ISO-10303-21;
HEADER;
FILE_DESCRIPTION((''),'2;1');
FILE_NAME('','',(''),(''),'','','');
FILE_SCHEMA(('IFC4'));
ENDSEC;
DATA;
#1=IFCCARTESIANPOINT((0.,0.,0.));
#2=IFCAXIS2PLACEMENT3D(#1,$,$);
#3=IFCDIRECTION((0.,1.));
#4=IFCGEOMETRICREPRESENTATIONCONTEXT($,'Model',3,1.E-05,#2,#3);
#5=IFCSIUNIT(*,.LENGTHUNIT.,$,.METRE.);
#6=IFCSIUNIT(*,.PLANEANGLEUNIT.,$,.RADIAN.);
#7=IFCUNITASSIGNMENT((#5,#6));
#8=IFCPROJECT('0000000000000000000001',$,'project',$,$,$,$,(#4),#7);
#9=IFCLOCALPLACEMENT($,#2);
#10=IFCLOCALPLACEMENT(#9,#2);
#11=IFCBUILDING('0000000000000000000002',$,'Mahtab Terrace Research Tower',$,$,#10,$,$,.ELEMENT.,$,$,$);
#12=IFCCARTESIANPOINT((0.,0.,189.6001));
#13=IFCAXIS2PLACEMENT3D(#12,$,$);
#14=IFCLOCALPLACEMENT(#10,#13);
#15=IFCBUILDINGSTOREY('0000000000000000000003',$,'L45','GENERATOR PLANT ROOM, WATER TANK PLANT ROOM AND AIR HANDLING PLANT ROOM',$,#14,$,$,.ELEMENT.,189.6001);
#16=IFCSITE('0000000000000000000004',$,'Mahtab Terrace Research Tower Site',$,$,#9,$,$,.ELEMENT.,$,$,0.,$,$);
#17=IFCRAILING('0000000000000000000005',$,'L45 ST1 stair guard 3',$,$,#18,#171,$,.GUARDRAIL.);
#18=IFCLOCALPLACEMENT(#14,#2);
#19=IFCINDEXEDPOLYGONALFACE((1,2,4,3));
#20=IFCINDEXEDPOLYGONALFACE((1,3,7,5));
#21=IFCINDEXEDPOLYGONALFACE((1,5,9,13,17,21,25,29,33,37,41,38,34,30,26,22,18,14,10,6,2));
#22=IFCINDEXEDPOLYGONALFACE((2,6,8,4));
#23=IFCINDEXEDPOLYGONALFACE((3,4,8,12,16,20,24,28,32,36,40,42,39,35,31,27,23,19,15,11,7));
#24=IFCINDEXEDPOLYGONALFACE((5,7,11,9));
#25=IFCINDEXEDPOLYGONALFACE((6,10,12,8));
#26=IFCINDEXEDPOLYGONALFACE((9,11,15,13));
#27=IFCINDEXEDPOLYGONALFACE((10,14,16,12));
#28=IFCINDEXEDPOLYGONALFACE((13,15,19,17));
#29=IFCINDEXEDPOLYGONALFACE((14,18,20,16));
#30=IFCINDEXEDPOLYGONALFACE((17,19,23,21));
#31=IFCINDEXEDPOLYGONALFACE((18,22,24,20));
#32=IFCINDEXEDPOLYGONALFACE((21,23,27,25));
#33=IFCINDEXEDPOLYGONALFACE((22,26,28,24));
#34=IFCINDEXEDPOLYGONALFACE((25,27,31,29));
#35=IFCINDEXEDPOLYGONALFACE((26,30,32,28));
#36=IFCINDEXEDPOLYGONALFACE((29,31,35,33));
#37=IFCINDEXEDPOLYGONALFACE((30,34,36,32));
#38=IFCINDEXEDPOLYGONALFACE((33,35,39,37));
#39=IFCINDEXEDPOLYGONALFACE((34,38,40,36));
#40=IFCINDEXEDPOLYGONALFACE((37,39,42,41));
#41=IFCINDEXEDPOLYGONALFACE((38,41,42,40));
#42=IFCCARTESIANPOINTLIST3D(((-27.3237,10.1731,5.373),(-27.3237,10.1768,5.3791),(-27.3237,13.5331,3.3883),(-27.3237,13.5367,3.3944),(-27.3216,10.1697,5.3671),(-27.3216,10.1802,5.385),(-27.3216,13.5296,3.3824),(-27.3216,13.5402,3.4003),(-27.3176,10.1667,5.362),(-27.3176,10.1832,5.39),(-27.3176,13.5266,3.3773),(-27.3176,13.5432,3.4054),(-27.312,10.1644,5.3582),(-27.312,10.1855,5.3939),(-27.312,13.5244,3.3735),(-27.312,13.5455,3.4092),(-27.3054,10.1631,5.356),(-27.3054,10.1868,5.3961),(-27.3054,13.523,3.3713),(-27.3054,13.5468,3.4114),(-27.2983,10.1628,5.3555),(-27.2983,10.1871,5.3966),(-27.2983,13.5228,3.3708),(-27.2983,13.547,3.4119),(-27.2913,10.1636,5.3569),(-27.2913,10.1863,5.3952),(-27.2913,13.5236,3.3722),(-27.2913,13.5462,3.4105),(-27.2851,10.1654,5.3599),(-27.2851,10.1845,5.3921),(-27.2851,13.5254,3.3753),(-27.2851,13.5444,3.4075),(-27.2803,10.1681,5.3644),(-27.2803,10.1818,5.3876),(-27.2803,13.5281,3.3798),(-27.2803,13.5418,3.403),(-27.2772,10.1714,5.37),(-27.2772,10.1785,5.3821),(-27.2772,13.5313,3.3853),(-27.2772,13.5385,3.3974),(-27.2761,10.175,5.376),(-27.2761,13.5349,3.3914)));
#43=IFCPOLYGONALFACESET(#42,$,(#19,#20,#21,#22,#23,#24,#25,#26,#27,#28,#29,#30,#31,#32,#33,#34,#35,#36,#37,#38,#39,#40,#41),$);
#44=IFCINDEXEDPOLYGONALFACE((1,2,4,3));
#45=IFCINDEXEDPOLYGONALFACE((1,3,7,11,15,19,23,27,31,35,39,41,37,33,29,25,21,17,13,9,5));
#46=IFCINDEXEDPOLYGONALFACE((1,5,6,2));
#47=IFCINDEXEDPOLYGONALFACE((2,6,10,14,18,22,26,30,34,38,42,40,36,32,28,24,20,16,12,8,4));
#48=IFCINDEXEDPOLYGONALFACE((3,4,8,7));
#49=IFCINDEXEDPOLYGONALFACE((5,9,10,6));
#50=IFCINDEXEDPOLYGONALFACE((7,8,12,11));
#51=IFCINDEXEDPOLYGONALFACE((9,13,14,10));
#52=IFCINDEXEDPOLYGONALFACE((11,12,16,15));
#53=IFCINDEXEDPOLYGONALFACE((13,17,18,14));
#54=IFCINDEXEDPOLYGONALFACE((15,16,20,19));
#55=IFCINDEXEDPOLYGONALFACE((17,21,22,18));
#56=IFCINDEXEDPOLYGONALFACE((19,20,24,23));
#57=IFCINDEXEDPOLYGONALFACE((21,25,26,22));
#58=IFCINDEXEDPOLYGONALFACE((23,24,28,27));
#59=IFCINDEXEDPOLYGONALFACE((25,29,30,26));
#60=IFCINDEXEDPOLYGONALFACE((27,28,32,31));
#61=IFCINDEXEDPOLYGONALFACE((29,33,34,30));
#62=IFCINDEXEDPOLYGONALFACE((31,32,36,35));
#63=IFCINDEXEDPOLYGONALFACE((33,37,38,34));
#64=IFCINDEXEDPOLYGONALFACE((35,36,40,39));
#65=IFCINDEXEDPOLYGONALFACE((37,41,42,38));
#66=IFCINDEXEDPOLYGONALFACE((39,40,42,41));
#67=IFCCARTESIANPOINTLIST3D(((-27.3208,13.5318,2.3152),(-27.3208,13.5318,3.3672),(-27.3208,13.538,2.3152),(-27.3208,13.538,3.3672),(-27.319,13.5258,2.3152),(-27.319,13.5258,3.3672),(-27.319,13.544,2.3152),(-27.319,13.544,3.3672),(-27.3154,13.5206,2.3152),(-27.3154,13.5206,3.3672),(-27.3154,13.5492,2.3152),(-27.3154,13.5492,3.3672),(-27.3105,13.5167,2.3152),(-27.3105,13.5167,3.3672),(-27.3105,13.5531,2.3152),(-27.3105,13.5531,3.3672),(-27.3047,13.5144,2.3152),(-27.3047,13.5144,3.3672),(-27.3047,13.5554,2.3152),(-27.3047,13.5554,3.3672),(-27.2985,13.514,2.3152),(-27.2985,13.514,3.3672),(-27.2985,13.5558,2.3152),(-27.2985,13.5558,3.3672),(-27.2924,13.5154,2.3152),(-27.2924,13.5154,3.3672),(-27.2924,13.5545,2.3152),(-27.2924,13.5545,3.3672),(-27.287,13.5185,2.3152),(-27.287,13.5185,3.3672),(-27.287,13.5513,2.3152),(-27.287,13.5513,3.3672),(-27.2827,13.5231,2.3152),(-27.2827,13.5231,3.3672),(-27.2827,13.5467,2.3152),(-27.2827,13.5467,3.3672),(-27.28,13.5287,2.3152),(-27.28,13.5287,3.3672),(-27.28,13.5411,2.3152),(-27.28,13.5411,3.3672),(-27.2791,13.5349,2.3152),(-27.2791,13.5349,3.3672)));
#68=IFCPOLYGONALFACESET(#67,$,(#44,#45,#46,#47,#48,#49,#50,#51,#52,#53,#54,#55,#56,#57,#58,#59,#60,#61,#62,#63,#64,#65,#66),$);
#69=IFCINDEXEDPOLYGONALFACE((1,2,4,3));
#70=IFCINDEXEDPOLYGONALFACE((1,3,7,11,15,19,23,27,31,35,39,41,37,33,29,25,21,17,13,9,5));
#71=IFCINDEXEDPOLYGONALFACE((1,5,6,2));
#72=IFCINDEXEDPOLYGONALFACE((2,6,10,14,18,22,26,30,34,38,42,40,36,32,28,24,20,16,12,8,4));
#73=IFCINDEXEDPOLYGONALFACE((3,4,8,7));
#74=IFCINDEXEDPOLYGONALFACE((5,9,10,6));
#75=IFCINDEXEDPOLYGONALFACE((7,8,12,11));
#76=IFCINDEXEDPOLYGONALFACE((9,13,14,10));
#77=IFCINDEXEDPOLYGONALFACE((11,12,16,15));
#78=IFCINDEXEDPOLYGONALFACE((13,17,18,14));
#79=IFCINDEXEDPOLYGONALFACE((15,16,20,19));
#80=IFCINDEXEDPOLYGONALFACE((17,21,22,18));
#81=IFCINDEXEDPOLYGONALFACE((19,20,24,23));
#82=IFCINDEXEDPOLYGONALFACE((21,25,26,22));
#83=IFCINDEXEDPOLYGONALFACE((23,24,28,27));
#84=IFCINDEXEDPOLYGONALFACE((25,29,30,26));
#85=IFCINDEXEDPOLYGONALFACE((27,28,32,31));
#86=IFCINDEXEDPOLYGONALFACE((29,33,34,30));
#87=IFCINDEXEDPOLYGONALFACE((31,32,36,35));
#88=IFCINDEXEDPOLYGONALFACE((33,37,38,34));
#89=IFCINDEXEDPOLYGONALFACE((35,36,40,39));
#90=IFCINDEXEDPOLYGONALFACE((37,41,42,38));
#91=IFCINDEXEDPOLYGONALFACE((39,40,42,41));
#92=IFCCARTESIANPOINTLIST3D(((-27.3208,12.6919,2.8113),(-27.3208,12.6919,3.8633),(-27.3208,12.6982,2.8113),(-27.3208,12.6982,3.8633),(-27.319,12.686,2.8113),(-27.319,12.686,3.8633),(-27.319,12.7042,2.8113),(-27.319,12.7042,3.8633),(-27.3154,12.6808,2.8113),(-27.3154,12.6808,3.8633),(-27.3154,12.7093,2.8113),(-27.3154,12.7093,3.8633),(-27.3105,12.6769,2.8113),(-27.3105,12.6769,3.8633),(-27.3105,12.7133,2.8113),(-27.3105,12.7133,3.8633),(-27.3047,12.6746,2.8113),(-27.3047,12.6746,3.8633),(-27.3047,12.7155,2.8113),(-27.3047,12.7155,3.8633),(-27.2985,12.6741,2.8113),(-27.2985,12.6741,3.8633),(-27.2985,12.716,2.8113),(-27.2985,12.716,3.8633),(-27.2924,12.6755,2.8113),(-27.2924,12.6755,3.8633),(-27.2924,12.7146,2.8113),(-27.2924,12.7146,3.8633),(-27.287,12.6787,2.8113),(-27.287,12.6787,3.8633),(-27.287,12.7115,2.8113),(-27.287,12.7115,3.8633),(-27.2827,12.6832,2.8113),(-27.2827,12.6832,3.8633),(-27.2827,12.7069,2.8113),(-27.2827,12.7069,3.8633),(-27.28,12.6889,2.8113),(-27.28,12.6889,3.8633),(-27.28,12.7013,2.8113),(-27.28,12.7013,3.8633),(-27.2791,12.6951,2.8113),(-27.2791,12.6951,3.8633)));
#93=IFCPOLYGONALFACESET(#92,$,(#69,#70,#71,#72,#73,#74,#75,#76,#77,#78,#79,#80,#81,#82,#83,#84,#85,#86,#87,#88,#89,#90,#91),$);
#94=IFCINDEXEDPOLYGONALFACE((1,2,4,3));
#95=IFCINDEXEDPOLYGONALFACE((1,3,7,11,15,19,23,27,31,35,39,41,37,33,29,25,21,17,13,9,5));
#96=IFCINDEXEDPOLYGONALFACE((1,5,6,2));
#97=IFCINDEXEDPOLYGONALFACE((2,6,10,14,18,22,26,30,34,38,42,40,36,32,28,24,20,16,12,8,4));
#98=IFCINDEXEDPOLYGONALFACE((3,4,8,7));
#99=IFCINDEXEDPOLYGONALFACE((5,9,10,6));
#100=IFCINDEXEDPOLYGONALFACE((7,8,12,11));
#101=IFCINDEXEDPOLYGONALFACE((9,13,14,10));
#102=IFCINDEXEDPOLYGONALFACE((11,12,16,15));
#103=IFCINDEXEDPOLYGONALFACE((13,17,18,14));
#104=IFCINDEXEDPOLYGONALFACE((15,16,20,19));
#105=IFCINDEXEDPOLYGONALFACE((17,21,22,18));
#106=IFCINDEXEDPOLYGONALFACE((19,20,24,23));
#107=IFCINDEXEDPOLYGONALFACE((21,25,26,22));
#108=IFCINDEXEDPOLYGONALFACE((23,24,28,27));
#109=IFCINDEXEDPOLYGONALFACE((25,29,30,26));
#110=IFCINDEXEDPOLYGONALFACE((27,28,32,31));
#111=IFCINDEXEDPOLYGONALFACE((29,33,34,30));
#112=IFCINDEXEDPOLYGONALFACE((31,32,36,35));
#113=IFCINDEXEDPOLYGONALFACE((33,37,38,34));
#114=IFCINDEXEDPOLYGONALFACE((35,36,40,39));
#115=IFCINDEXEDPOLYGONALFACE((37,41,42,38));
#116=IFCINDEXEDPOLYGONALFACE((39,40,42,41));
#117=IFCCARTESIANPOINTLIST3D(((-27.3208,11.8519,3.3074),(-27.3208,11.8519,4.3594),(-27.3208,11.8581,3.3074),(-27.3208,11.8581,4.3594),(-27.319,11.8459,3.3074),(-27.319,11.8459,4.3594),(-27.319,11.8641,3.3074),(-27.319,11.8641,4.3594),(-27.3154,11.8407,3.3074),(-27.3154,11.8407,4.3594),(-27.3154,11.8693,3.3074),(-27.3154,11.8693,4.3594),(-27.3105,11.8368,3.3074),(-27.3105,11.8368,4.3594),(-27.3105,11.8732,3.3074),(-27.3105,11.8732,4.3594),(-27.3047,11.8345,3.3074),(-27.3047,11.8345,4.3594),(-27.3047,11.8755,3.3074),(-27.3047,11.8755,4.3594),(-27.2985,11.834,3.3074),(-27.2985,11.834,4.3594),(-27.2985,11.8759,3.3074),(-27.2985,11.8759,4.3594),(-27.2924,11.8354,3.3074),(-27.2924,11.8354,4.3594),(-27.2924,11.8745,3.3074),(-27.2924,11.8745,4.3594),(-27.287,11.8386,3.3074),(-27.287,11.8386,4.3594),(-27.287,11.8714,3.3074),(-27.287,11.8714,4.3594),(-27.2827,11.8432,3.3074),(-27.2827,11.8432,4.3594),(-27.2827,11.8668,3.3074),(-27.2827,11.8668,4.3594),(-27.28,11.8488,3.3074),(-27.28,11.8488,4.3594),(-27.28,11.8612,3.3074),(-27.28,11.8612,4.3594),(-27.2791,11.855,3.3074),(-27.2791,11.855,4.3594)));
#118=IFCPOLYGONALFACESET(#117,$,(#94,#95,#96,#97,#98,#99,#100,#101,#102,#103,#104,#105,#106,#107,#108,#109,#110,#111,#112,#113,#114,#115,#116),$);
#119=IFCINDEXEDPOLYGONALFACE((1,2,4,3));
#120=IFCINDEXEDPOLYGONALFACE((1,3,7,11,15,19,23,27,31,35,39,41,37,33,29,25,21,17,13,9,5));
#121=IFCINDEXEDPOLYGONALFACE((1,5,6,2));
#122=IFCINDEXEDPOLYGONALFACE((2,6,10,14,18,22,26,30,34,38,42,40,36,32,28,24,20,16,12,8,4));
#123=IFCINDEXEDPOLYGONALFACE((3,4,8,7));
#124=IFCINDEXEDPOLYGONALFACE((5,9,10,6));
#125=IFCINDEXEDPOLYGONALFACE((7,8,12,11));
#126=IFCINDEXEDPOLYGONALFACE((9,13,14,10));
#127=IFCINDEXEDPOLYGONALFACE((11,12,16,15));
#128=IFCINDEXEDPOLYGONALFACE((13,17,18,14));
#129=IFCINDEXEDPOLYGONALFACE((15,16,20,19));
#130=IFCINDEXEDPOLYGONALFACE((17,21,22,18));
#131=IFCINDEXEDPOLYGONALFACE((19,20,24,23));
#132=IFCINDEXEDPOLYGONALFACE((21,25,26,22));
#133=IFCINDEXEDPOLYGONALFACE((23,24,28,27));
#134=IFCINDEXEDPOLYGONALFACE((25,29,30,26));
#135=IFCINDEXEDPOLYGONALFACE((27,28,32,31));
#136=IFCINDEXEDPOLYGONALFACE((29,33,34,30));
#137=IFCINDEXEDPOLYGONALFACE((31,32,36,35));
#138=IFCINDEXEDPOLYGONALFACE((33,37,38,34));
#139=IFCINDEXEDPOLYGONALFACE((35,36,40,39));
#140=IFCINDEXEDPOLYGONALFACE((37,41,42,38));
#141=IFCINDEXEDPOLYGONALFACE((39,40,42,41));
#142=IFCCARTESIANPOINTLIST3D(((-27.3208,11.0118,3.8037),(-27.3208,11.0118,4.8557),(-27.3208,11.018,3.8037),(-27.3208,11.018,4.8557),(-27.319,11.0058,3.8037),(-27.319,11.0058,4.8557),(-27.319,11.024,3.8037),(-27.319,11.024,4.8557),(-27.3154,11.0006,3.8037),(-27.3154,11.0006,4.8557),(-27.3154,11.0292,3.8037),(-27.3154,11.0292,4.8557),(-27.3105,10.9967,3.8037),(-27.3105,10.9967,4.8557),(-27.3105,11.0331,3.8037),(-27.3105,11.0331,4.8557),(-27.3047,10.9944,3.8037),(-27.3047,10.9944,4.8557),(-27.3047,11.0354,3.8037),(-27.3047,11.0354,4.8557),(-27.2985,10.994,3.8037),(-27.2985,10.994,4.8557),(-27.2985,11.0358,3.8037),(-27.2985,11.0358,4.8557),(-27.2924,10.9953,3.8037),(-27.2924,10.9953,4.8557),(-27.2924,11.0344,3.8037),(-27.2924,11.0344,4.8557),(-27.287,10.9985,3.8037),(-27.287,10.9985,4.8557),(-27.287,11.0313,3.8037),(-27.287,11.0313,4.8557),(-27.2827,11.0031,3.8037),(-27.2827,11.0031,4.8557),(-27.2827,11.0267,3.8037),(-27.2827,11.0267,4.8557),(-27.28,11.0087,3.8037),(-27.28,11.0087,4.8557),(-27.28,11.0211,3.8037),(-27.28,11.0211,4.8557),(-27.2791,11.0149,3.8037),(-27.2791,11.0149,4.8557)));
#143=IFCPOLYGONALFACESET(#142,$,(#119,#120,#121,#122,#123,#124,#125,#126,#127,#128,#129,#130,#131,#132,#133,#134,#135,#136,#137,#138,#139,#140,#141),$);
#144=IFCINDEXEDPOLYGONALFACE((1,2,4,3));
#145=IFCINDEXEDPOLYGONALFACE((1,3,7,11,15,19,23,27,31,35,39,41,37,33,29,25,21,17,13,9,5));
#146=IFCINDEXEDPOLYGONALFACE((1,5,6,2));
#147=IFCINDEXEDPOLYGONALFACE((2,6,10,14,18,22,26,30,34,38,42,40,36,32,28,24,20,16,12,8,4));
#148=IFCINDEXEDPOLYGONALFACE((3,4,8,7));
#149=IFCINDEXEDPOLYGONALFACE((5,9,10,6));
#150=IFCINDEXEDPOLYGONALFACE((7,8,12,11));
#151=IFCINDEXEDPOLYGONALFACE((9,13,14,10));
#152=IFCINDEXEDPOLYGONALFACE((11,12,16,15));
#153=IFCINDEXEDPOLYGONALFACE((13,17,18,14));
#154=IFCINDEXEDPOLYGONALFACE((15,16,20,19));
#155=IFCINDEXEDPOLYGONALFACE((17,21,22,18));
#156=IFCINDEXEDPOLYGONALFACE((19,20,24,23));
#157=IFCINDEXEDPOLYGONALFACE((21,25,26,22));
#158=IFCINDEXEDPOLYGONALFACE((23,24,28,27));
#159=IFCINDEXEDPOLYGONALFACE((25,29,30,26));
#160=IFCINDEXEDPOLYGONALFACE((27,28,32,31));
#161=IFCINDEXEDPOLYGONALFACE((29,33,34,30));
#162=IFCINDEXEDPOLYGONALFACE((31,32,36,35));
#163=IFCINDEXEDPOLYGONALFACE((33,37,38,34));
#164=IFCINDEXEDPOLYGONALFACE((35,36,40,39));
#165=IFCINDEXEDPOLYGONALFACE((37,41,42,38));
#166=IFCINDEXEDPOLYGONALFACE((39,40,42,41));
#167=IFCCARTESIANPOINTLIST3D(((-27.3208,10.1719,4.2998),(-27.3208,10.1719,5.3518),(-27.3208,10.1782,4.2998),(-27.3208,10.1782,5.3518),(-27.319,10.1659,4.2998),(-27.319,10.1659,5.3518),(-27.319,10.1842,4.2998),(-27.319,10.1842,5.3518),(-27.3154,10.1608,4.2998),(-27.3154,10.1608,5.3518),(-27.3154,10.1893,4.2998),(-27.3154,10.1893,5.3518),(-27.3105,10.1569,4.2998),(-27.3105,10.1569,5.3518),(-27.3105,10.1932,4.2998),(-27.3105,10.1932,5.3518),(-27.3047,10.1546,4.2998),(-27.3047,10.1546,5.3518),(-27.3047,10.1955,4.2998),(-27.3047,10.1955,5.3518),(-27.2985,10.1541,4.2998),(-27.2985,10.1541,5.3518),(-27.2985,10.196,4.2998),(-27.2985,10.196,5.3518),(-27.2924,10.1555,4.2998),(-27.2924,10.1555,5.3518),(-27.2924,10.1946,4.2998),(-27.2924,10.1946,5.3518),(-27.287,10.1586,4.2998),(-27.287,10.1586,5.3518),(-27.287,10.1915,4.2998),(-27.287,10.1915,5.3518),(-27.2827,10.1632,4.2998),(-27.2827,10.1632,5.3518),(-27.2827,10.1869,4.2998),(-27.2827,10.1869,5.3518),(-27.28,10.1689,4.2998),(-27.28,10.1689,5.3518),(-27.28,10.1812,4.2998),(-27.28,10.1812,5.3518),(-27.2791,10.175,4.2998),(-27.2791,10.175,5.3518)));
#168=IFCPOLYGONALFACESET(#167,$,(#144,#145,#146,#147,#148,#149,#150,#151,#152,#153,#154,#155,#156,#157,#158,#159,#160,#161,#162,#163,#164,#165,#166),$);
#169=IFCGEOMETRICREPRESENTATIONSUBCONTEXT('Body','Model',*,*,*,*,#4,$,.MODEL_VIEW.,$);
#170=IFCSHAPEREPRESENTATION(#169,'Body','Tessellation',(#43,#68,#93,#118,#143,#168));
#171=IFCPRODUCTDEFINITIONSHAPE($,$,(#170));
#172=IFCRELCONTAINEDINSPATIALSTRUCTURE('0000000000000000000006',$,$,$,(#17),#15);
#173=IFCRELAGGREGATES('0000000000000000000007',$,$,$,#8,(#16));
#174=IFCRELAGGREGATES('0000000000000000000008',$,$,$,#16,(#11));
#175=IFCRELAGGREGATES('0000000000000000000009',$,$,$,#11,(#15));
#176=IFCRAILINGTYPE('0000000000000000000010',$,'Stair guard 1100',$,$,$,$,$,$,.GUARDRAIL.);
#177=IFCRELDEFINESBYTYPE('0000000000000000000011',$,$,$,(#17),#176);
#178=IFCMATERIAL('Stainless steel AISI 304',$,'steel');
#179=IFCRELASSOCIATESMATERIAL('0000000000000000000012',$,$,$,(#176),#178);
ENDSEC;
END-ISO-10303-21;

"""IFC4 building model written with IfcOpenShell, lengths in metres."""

from ifc_helpers import new_model, si_unit, direction, frame, origin, origin_2d, place, context, subcontext, project, spatial, circle, extrude, material, type_object, element, save


model = new_model("IFC4")

# Units and contexts
model_context = context("Model", 3, precision=1e-05, world=origin(), true_north=direction((0.0, 1.0)))
body_context = subcontext(model_context, "Body", "Model", "MODEL_VIEW")
ifc_project = project(units=[si_unit("LENGTHUNIT", "METRE"), si_unit("PLANEANGLEUNIT", "RADIAN")], contexts=[model_context])

# Site, building, storey
site_placement = place(None, origin())
site = spatial("IfcSite", under=ifc_project, at=site_placement, Name="Mahtab Terrace Research Tower Site", CompositionType="ELEMENT", RefElevation=0.0)
building_placement = place(site_placement, origin())
building = spatial("IfcBuilding", under=site, at=building_placement, Name="Mahtab Terrace Research Tower", CompositionType="ELEMENT")
storey_placement = place(building_placement, frame((0.0, 0.0, 189.6001)))
storey = spatial("IfcBuildingStorey", under=building, at=storey_placement, Name="L45", Description="GENERATOR PLANT ROOM, WATER TANK PLANT ROOM AND AIR HANDLING PLANT ROOM", CompositionType="ELEMENT", Elevation=189.6001)

# Railing
ifc_material_1 = material(Name="Stainless steel AISI 304", Category="steel")
railing_type_1 = type_object("IfcRailingType", Name="Stair guard 1100", PredefinedType="GUARDRAIL", material=ifc_material_1)
railing_1_placement = place(storey_placement, frame((-27.3, 13.5349, 2.3152)))
element("IfcRailing", 1, at=railing_1_placement, inside=storey, type_object=railing_type_1, Name="L45 ST1 stair guard 3", PredefinedType="GUARDRAIL", context=body_context, shape_type="SweptSolid", body=[
    extrude(circle(Radius=0.0239, at=origin_2d()), frame((0.0, 0.0, 1.0762), z_axis=(0.0, -0.861011, 0.508586), x_axis=(1.0, 0.0, 0.0)), (0.0, 0.0, 1.0), 3.9023),
    extrude(circle(Radius=0.021, at=origin_2d()), origin(), (0.0, 0.0, 1.0), 1.052),
    extrude(circle(Radius=0.021, at=origin_2d()), frame((0.0, -0.8398, 0.4961)), (0.0, 0.0, 1.0), 1.052),
    extrude(circle(Radius=0.021, at=origin_2d()), frame((0.0, -1.6799, 0.9922)), (0.0, 0.0, 1.0), 1.052),
    extrude(circle(Radius=0.021, at=origin_2d()), frame((0.0, -2.52, 1.4885)), (0.0, 0.0, 1.0), 1.052),
    extrude(circle(Radius=0.021, at=origin_2d()), frame((0.0, -3.3599, 1.9846)), (0.0, 0.0, 1.0), 1.052),
])

save(model, "model.ifc")
